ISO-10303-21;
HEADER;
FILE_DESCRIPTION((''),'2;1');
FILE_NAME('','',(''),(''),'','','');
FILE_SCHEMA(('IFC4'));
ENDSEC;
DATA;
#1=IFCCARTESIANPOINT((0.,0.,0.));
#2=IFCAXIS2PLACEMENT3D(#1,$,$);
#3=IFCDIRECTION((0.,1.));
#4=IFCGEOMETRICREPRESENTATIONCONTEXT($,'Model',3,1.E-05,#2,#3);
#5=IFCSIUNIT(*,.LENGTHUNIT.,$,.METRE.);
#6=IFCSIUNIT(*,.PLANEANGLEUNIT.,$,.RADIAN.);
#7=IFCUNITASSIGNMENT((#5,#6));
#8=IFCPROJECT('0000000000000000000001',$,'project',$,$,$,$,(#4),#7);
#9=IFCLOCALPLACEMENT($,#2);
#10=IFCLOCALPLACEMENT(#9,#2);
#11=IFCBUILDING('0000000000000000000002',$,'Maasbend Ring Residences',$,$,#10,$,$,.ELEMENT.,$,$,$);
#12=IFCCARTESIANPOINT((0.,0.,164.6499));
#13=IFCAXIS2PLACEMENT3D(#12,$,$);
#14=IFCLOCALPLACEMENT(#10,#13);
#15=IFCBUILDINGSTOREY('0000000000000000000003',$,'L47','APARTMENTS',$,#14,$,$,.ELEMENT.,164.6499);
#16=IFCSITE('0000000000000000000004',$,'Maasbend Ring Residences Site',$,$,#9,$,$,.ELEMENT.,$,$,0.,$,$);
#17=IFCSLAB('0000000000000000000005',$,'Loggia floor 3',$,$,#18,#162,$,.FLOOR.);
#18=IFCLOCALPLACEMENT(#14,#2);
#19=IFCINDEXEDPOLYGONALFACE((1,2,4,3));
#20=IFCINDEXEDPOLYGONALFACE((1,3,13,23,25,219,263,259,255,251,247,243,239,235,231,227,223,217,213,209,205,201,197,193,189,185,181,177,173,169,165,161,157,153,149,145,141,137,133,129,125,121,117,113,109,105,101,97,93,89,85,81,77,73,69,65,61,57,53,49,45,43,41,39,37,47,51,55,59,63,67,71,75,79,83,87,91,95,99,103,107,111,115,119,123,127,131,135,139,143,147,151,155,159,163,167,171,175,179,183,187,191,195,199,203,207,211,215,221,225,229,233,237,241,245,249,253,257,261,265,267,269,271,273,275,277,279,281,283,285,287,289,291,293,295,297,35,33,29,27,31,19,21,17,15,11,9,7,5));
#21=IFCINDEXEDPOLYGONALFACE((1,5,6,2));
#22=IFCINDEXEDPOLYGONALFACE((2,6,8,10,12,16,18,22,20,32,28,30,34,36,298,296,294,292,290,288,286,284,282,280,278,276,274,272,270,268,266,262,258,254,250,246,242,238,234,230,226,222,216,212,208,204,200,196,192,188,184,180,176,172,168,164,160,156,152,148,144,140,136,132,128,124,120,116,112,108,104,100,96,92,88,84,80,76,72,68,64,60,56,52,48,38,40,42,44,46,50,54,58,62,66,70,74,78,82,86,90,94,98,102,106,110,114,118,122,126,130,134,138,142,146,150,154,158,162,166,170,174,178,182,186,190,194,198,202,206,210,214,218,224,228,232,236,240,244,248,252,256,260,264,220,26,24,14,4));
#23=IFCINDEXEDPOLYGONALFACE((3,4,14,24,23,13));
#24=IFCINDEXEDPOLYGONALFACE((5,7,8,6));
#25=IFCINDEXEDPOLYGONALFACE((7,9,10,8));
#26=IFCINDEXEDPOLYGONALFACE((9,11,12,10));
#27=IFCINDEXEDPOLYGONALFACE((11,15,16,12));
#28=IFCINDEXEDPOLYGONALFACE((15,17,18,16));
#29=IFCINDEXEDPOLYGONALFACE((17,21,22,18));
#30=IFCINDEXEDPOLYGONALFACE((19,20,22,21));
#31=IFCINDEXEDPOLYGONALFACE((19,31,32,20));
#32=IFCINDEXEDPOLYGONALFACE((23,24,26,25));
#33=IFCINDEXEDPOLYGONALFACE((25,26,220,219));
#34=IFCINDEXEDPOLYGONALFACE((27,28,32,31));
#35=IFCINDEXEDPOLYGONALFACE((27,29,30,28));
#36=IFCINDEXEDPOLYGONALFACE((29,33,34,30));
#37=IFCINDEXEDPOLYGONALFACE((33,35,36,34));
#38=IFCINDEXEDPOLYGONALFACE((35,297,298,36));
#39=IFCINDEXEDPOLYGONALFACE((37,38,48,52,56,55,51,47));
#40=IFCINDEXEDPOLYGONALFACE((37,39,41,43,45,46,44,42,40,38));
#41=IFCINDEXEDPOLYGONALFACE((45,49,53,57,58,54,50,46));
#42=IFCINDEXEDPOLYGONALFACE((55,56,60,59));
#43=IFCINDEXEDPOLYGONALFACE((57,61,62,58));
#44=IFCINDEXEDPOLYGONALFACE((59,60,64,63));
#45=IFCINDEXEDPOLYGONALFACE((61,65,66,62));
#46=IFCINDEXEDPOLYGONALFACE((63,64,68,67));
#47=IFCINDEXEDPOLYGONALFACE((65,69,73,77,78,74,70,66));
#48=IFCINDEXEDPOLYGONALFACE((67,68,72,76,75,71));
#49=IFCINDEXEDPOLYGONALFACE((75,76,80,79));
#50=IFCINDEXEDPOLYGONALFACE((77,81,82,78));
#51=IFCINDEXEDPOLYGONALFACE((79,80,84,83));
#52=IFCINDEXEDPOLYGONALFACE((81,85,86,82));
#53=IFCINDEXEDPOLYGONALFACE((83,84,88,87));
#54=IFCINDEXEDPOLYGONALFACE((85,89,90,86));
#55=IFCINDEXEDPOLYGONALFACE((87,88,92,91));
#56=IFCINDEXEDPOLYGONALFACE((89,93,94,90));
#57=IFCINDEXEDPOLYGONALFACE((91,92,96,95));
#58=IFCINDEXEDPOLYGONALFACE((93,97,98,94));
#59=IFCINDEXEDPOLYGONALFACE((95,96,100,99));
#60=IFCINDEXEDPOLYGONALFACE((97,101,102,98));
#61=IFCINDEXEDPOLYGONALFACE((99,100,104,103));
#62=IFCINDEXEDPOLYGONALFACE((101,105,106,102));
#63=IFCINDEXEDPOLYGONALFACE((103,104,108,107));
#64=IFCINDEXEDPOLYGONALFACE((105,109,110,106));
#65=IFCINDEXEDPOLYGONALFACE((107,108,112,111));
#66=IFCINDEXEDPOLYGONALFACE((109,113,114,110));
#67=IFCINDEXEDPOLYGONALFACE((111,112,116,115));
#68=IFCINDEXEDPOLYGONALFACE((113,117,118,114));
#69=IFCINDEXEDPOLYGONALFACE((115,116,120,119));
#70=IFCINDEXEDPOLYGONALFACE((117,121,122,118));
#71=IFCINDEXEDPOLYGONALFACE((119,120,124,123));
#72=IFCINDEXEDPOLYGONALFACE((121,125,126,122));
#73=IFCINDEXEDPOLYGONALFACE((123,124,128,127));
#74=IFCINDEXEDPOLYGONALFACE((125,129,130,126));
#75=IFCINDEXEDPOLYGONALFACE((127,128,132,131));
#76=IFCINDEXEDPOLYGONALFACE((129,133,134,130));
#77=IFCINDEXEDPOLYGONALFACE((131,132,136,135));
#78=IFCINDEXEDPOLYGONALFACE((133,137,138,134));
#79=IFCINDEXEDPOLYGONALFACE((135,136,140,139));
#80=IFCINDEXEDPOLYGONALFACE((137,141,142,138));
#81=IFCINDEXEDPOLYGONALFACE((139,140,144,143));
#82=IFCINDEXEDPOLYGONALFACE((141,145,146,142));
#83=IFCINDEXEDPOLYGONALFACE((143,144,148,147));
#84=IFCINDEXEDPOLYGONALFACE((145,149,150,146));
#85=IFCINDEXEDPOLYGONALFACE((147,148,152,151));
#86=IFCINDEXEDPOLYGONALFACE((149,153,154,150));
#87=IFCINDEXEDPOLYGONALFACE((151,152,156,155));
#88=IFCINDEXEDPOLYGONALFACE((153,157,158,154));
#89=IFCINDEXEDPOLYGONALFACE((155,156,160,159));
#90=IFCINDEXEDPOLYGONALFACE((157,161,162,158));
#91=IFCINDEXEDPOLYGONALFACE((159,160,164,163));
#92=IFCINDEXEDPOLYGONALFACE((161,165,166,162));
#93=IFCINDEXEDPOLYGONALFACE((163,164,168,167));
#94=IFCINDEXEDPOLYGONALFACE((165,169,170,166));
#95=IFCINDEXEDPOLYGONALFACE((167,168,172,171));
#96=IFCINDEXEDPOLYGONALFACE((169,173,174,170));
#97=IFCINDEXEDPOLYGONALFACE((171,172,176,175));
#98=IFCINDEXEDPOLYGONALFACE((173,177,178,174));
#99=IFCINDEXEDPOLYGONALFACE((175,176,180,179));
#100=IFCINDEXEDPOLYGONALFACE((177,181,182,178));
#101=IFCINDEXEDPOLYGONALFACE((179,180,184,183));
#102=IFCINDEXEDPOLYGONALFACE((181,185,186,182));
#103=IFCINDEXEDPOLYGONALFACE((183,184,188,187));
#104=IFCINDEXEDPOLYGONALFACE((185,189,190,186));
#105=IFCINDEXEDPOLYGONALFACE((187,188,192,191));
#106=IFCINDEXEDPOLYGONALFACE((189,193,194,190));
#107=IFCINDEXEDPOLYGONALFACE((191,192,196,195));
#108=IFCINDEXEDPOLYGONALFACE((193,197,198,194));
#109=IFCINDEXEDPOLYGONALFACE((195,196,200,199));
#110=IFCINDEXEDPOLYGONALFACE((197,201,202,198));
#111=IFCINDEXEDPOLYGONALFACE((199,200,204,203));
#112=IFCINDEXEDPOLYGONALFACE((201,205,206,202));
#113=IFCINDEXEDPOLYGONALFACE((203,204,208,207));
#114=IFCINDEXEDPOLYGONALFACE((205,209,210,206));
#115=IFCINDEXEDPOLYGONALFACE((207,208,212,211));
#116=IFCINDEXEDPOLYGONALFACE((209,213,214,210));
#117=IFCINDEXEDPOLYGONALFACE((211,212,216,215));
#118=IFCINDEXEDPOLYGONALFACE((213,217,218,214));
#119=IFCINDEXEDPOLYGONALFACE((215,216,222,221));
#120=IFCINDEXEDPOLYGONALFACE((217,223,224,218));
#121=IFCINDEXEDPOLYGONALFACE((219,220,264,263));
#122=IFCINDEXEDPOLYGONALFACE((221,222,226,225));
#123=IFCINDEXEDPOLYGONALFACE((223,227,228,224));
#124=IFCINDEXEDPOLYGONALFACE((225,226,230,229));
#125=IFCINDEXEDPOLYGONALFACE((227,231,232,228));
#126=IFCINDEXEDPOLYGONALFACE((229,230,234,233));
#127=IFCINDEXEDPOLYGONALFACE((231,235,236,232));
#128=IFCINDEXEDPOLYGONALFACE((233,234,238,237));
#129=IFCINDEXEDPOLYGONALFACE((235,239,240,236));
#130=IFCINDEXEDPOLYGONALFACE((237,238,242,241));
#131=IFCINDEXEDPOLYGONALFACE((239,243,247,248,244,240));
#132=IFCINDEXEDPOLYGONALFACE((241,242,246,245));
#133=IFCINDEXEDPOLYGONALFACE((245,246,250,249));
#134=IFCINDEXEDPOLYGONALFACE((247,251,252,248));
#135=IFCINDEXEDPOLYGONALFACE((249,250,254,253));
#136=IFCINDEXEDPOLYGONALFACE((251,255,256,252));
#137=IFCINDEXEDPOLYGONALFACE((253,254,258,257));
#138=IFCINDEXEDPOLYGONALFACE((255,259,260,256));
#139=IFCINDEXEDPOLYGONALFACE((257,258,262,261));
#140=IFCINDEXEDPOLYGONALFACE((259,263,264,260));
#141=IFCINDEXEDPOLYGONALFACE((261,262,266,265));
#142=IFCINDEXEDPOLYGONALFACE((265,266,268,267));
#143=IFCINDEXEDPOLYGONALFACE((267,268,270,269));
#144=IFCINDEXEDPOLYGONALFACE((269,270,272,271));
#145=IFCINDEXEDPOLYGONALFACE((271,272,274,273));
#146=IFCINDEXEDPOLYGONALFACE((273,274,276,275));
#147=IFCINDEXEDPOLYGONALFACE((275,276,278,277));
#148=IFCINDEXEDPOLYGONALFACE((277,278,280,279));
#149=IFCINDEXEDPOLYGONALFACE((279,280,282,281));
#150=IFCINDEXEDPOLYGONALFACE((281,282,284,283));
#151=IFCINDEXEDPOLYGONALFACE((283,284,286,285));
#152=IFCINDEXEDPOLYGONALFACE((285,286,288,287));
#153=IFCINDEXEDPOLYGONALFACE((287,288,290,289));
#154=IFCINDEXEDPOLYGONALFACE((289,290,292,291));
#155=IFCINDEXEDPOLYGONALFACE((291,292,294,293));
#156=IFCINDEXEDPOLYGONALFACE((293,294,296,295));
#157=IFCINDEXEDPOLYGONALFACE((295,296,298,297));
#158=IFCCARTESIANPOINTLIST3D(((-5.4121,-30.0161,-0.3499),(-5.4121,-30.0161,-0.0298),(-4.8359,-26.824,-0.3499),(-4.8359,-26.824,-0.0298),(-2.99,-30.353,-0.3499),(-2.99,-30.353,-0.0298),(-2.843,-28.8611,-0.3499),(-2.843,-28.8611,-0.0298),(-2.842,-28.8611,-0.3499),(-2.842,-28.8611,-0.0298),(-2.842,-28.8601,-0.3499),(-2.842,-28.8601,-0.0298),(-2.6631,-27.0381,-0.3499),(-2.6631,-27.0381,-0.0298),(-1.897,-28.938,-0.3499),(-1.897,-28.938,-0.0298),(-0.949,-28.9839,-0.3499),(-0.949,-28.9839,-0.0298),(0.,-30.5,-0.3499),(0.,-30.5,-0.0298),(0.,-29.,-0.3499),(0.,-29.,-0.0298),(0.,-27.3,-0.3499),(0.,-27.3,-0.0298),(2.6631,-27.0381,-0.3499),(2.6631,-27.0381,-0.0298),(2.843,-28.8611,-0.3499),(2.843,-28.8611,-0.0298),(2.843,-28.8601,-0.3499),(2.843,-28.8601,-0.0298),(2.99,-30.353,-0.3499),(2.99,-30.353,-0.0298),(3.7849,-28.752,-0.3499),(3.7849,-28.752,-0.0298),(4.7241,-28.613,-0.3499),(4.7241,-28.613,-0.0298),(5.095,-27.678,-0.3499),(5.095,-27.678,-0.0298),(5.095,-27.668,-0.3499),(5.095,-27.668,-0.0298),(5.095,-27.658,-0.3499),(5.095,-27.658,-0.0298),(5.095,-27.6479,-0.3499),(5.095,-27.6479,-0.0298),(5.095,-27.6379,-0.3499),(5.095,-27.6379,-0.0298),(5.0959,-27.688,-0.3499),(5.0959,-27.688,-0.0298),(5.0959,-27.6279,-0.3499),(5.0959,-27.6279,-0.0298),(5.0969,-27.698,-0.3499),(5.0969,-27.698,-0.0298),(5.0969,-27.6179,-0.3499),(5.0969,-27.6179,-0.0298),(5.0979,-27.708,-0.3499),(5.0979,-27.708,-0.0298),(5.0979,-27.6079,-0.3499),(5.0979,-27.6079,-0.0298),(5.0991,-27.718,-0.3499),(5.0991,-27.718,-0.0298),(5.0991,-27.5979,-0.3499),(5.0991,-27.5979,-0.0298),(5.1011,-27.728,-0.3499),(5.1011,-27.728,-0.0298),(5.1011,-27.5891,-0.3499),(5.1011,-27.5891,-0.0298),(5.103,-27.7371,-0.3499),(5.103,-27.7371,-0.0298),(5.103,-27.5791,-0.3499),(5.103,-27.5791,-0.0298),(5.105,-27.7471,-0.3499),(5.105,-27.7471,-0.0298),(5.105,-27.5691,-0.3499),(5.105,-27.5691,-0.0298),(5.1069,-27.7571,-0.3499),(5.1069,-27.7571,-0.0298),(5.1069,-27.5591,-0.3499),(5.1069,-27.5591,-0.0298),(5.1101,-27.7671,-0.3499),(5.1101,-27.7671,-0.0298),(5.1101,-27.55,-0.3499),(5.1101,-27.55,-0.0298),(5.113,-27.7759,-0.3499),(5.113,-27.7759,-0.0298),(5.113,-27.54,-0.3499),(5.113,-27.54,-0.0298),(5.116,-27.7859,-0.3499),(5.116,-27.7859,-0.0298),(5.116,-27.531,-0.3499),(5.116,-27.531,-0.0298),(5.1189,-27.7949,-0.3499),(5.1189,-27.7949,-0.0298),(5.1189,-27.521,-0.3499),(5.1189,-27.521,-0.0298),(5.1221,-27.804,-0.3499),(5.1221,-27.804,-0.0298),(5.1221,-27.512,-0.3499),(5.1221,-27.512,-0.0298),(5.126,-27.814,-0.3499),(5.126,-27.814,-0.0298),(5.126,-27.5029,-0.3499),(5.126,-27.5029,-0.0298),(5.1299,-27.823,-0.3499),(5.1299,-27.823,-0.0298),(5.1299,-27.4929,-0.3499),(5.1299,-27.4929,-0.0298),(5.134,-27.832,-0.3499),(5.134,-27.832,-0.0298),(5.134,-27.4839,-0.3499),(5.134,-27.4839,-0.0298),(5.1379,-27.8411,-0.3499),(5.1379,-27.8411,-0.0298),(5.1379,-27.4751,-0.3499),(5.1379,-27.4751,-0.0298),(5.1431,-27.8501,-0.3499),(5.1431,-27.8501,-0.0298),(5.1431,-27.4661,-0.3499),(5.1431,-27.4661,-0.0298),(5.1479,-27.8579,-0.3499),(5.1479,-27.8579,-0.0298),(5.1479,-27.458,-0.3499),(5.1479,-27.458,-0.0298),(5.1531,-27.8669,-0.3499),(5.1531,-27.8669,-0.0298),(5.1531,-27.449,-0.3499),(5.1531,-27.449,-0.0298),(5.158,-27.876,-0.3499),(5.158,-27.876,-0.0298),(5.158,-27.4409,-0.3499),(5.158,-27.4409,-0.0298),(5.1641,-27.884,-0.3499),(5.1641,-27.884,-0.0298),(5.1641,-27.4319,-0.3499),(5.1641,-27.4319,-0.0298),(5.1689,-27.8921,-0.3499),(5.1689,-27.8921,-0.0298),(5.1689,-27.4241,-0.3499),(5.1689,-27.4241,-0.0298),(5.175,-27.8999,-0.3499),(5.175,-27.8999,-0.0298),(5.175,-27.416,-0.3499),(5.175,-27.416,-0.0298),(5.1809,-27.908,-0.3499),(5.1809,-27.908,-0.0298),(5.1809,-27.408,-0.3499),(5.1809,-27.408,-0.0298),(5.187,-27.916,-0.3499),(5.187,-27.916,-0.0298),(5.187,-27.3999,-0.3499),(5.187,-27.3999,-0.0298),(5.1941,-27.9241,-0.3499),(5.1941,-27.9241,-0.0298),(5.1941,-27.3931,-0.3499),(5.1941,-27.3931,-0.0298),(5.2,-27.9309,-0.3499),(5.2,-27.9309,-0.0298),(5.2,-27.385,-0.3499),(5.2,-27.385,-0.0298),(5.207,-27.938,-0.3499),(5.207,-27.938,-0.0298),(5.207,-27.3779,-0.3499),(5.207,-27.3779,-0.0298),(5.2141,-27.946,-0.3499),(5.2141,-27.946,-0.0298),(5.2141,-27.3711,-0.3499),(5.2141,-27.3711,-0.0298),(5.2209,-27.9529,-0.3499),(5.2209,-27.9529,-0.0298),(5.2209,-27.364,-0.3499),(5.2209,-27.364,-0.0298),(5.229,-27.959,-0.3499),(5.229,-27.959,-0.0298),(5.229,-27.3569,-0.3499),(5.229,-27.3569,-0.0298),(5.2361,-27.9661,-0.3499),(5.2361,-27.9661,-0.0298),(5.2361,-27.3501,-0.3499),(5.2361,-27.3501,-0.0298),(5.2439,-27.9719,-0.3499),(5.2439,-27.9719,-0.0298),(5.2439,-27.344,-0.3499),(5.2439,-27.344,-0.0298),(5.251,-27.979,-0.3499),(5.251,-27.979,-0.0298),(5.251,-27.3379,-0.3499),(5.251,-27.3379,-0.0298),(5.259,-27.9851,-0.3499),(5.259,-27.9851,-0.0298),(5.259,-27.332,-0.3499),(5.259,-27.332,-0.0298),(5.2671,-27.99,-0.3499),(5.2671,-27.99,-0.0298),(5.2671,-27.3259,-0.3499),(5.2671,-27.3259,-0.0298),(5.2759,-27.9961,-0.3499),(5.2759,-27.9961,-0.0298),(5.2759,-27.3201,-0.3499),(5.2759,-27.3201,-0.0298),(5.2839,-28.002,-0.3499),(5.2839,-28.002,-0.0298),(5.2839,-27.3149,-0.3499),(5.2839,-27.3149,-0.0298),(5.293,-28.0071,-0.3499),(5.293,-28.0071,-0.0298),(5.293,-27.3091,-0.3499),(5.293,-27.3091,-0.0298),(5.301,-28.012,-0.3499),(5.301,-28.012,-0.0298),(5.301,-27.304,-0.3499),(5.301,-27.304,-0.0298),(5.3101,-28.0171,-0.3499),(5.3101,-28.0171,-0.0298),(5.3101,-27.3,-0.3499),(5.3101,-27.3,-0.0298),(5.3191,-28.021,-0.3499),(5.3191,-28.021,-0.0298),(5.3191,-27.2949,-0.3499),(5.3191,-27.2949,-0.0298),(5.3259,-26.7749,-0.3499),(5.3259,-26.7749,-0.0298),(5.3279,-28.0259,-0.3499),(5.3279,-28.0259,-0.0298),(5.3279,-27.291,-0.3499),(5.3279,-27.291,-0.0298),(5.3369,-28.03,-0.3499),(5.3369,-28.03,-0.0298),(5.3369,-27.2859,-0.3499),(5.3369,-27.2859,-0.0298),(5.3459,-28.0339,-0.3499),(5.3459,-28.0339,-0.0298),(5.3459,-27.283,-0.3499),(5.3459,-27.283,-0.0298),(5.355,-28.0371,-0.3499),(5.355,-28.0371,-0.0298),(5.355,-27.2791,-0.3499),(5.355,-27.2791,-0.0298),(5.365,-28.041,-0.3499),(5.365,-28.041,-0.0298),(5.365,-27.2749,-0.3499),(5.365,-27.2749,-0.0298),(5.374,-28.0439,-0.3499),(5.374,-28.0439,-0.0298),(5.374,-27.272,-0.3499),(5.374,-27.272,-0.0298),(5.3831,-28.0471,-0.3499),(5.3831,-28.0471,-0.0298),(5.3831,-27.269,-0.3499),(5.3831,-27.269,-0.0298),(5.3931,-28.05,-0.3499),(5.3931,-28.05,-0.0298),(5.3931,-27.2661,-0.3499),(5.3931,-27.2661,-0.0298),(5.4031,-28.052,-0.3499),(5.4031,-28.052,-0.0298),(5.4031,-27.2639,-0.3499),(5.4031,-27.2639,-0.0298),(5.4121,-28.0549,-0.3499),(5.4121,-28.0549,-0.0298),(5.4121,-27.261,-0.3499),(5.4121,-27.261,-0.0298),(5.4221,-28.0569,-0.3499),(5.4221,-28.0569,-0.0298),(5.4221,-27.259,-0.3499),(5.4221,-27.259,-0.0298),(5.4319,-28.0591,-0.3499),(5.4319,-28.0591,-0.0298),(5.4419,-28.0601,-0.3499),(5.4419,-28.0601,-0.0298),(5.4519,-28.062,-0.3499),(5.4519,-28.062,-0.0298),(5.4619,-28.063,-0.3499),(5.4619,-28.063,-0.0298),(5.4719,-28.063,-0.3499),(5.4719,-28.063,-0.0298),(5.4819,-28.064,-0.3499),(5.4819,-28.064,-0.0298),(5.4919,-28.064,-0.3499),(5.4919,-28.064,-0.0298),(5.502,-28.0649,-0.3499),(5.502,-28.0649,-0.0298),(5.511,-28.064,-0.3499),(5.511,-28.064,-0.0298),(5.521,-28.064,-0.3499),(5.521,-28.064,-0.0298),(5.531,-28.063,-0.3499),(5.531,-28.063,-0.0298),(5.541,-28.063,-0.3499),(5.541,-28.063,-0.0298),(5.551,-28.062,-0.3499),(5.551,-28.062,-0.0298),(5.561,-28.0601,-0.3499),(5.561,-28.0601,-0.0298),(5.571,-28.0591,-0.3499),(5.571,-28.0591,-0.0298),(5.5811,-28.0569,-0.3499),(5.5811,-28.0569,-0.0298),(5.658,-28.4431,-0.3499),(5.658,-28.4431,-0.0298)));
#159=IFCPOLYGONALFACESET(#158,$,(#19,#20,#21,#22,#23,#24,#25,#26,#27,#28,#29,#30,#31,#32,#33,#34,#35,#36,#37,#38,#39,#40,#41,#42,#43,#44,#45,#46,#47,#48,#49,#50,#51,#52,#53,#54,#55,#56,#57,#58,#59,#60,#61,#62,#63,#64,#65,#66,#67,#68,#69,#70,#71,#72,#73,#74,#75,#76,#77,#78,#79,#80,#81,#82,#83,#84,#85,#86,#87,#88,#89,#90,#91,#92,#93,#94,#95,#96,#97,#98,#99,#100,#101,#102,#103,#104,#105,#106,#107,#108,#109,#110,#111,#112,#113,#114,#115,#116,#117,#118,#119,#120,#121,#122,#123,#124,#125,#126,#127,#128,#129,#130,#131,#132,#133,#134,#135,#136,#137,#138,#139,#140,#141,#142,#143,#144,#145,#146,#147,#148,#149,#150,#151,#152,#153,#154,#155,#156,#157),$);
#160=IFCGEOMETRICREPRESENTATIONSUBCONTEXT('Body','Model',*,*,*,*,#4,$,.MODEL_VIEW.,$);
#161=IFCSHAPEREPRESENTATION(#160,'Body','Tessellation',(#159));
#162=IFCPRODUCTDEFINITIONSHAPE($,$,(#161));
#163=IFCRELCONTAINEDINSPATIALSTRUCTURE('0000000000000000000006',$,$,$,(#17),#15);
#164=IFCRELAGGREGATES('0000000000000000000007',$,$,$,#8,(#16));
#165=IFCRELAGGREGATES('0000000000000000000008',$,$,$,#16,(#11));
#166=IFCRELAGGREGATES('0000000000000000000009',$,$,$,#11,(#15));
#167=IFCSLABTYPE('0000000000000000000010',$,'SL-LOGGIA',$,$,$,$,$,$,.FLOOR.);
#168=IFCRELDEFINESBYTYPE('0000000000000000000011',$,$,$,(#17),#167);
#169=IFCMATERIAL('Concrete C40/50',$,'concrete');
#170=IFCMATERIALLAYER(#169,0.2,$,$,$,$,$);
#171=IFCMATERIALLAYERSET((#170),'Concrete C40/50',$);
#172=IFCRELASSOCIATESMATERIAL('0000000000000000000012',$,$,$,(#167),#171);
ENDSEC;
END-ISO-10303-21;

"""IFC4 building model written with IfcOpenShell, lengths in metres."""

from ifc_helpers import new_model, si_unit, direction, frame, origin, place, context, subcontext, project, spatial, polyline, outline, extrude, material, layer, layer_set, type_object, element, save


model = new_model("IFC4")

# Units and contexts
model_context = context("Model", 3, precision=1e-05, world=origin(), true_north=direction((0.0, 1.0)))
body_context = subcontext(model_context, "Body", "Model", "MODEL_VIEW")
ifc_project = project(units=[si_unit("LENGTHUNIT", "METRE"), si_unit("PLANEANGLEUNIT", "RADIAN")], contexts=[model_context])

# Site, building, storey
site_placement = place(None, origin())
site = spatial("IfcSite", under=ifc_project, at=site_placement, Name="Maasbend Ring Residences Site", CompositionType="ELEMENT", RefElevation=0.0)
building_placement = place(site_placement, origin())
building = spatial("IfcBuilding", under=site, at=building_placement, Name="Maasbend Ring Residences", CompositionType="ELEMENT")
storey_placement = place(building_placement, frame((0.0, 0.0, 164.6499)))
storey = spatial("IfcBuildingStorey", under=building, at=storey_placement, Name="L47", Description="APARTMENTS", CompositionType="ELEMENT", Elevation=164.6499)

# Slab
ifc_material_1 = material(Name="Concrete C40/50", Category="concrete")
ifc_layer_1 = layer(ifc_material_1, 0.2)
ifc_layer_set_1 = layer_set([ifc_layer_1], Name="Concrete C40/50")
slab_type = type_object("IfcSlabType", Name="SL-LOGGIA", PredefinedType="FLOOR", material=ifc_layer_set_1)
slab_1_placement = place(storey_placement, frame((0.0, 0.0, -0.3499)))
element("IfcSlab", 1, at=slab_1_placement, inside=storey, type_object=slab_type, Name="Loggia floor 3", PredefinedType="FLOOR", context=body_context, shape_type="SweptSolid", body=[
    extrude(outline(polyline([(-2.6631, -27.0381), (0.0, -27.3), (0.0, -27.3), (0.0, -27.3), (2.6631, -27.0381), (5.3259, -26.7749), (5.3259, -26.7749), (5.3259, -26.7749), (5.4221, -27.259), (5.4221, -27.259), (5.4121, -27.261), (5.4031, -27.2639), (5.3931, -27.2661), (5.3831, -27.269), (5.374, -27.272), (5.365, -27.2749), (5.355, -27.2791), (5.3459, -27.283), (5.3369, -27.2859), (5.3279, -27.291), (5.3191, -27.2949), (5.3101, -27.3), (5.301, -27.304), (5.293, -27.3091), (5.2839, -27.3149), (5.2759, -27.3201), (5.2671, -27.3259), (5.259, -27.332), (5.251, -27.3379), (5.2439, -27.344), (5.2361, -27.3501), (5.229, -27.3569), (5.2209, -27.364), (5.2141, -27.3711), (5.207, -27.3779), (5.2, -27.385), (5.1941, -27.3931), (5.187, -27.3999), (5.1809, -27.408), (5.175, -27.416), (5.1689, -27.4241), (5.1641, -27.4319), (5.158, -27.4409), (5.1531, -27.449), (5.1479, -27.458), (5.1431, -27.4661), (5.1379, -27.4751), (5.134, -27.4839), (5.1299, -27.4929), (5.126, -27.5029), (5.1221, -27.512), (5.1189, -27.521), (5.116, -27.531), (5.113, -27.54), (5.1101, -27.55), (5.1069, -27.5591), (5.105, -27.5691), (5.103, -27.5791), (5.1011, -27.5891), (5.0991, -27.5979), (5.0979, -27.6079), (5.0969, -27.6179), (5.0959, -27.6279), (5.095, -27.6379), (5.095, -27.6479), (5.095, -27.658), (5.095, -27.668), (5.095, -27.678), (5.0959, -27.688), (5.0969, -27.698), (5.0979, -27.708), (5.0991, -27.718), (5.1011, -27.728), (5.103, -27.7371), (5.105, -27.7471), (5.1069, -27.7571), (5.1101, -27.7671), (5.113, -27.7759), (5.116, -27.7859), (5.1189, -27.7949), (5.1221, -27.804), (5.126, -27.814), (5.1299, -27.823), (5.134, -27.832), (5.1379, -27.8411), (5.1431, -27.8501), (5.1479, -27.8579), (5.1531, -27.8669), (5.158, -27.876), (5.1641, -27.884), (5.1689, -27.8921), (5.175, -27.8999), (5.1809, -27.908), (5.187, -27.916), (5.1941, -27.9241), (5.2, -27.9309), (5.207, -27.938), (5.2141, -27.946), (5.2209, -27.9529), (5.229, -27.959), (5.2361, -27.9661), (5.2439, -27.9719), (5.251, -27.979), (5.259, -27.9851), (5.2671, -27.99), (5.2759, -27.9961), (5.2839, -28.002), (5.293, -28.0071), (5.301, -28.012), (5.3101, -28.0171), (5.3191, -28.021), (5.3279, -28.0259), (5.3369, -28.03), (5.3459, -28.0339), (5.355, -28.0371), (5.365, -28.041), (5.374, -28.0439), (5.3831, -28.0471), (5.3931, -28.05), (5.4031, -28.052), (5.4121, -28.0549), (5.4221, -28.0569), (5.4319, -28.0591), (5.4419, -28.0601), (5.4519, -28.062), (5.4619, -28.063), (5.4719, -28.063), (5.4819, -28.064), (5.4919, -28.064), (5.502, -28.0649), (5.511, -28.064), (5.521, -28.064), (5.531, -28.063), (5.541, -28.063), (5.551, -28.062), (5.561, -28.0601), (5.571, -28.0591), (5.5811, -28.0569), (5.5811, -28.0569), (5.658, -28.4431), (5.658, -28.4431), (5.658, -28.4431), (4.7241, -28.613), (4.7241, -28.613), (3.7849, -28.752), (3.7849, -28.752), (2.843, -28.8601), (2.843, -28.8601), (2.843, -28.8601), (2.843, -28.8601), (2.843, -28.8601), (2.843, -28.8601), (2.843, -28.8601), (2.843, -28.8601), (2.843, -28.8601), (2.843, -28.8611), (2.843, -28.8611), (2.843, -28.8611), (2.843, -28.8611), (2.843, -28.8611), (2.843, -28.8611), (2.843, -28.8611), (2.843, -28.8611), (2.99, -30.353), (2.99, -30.353), (2.99, -30.353), (0.0, -30.5), (0.0, -30.5), (0.0, -30.5), (0.0, -29.0), (0.0, -29.0), (0.0, -29.0), (0.0, -29.0), (0.0, -29.0), (0.0, -29.0), (0.0, -29.0), (0.0, -29.0), (0.0, -29.0), (0.0, -29.0), (0.0, -29.0), (0.0, -29.0), (0.0, -29.0), (0.0, -29.0), (0.0, -29.0), (0.0, -29.0), (0.0, -29.0), (-0.949, -28.9839), (-0.949, -28.9839), (-1.897, -28.938), (-1.897, -28.938), (-2.842, -28.8601), (-2.842, -28.8601), (-2.842, -28.8601), (-2.842, -28.8601), (-2.842, -28.8601), (-2.842, -28.8601), (-2.842, -28.8601), (-2.842, -28.8601), (-2.842, -28.8611), (-2.842, -28.8611), (-2.842, -28.8611), (-2.842, -28.8611), (-2.842, -28.8611), (-2.843, -28.8611), (-2.843, -28.8611), (-2.843, -28.8611), (-2.843, -28.8611), (-2.99, -30.353), (-2.99, -30.353), (-2.99, -30.353), (-5.4121, -30.0161), (-5.4121, -30.0161), (-5.4121, -30.0161), (-4.8359, -26.824), (-4.8359, -26.824), (-4.8359, -26.824), (-2.6631, -27.0381)])), origin(), (0.0, 0.0, 1.0), 0.3201),
])

save(model, "model.ifc")
